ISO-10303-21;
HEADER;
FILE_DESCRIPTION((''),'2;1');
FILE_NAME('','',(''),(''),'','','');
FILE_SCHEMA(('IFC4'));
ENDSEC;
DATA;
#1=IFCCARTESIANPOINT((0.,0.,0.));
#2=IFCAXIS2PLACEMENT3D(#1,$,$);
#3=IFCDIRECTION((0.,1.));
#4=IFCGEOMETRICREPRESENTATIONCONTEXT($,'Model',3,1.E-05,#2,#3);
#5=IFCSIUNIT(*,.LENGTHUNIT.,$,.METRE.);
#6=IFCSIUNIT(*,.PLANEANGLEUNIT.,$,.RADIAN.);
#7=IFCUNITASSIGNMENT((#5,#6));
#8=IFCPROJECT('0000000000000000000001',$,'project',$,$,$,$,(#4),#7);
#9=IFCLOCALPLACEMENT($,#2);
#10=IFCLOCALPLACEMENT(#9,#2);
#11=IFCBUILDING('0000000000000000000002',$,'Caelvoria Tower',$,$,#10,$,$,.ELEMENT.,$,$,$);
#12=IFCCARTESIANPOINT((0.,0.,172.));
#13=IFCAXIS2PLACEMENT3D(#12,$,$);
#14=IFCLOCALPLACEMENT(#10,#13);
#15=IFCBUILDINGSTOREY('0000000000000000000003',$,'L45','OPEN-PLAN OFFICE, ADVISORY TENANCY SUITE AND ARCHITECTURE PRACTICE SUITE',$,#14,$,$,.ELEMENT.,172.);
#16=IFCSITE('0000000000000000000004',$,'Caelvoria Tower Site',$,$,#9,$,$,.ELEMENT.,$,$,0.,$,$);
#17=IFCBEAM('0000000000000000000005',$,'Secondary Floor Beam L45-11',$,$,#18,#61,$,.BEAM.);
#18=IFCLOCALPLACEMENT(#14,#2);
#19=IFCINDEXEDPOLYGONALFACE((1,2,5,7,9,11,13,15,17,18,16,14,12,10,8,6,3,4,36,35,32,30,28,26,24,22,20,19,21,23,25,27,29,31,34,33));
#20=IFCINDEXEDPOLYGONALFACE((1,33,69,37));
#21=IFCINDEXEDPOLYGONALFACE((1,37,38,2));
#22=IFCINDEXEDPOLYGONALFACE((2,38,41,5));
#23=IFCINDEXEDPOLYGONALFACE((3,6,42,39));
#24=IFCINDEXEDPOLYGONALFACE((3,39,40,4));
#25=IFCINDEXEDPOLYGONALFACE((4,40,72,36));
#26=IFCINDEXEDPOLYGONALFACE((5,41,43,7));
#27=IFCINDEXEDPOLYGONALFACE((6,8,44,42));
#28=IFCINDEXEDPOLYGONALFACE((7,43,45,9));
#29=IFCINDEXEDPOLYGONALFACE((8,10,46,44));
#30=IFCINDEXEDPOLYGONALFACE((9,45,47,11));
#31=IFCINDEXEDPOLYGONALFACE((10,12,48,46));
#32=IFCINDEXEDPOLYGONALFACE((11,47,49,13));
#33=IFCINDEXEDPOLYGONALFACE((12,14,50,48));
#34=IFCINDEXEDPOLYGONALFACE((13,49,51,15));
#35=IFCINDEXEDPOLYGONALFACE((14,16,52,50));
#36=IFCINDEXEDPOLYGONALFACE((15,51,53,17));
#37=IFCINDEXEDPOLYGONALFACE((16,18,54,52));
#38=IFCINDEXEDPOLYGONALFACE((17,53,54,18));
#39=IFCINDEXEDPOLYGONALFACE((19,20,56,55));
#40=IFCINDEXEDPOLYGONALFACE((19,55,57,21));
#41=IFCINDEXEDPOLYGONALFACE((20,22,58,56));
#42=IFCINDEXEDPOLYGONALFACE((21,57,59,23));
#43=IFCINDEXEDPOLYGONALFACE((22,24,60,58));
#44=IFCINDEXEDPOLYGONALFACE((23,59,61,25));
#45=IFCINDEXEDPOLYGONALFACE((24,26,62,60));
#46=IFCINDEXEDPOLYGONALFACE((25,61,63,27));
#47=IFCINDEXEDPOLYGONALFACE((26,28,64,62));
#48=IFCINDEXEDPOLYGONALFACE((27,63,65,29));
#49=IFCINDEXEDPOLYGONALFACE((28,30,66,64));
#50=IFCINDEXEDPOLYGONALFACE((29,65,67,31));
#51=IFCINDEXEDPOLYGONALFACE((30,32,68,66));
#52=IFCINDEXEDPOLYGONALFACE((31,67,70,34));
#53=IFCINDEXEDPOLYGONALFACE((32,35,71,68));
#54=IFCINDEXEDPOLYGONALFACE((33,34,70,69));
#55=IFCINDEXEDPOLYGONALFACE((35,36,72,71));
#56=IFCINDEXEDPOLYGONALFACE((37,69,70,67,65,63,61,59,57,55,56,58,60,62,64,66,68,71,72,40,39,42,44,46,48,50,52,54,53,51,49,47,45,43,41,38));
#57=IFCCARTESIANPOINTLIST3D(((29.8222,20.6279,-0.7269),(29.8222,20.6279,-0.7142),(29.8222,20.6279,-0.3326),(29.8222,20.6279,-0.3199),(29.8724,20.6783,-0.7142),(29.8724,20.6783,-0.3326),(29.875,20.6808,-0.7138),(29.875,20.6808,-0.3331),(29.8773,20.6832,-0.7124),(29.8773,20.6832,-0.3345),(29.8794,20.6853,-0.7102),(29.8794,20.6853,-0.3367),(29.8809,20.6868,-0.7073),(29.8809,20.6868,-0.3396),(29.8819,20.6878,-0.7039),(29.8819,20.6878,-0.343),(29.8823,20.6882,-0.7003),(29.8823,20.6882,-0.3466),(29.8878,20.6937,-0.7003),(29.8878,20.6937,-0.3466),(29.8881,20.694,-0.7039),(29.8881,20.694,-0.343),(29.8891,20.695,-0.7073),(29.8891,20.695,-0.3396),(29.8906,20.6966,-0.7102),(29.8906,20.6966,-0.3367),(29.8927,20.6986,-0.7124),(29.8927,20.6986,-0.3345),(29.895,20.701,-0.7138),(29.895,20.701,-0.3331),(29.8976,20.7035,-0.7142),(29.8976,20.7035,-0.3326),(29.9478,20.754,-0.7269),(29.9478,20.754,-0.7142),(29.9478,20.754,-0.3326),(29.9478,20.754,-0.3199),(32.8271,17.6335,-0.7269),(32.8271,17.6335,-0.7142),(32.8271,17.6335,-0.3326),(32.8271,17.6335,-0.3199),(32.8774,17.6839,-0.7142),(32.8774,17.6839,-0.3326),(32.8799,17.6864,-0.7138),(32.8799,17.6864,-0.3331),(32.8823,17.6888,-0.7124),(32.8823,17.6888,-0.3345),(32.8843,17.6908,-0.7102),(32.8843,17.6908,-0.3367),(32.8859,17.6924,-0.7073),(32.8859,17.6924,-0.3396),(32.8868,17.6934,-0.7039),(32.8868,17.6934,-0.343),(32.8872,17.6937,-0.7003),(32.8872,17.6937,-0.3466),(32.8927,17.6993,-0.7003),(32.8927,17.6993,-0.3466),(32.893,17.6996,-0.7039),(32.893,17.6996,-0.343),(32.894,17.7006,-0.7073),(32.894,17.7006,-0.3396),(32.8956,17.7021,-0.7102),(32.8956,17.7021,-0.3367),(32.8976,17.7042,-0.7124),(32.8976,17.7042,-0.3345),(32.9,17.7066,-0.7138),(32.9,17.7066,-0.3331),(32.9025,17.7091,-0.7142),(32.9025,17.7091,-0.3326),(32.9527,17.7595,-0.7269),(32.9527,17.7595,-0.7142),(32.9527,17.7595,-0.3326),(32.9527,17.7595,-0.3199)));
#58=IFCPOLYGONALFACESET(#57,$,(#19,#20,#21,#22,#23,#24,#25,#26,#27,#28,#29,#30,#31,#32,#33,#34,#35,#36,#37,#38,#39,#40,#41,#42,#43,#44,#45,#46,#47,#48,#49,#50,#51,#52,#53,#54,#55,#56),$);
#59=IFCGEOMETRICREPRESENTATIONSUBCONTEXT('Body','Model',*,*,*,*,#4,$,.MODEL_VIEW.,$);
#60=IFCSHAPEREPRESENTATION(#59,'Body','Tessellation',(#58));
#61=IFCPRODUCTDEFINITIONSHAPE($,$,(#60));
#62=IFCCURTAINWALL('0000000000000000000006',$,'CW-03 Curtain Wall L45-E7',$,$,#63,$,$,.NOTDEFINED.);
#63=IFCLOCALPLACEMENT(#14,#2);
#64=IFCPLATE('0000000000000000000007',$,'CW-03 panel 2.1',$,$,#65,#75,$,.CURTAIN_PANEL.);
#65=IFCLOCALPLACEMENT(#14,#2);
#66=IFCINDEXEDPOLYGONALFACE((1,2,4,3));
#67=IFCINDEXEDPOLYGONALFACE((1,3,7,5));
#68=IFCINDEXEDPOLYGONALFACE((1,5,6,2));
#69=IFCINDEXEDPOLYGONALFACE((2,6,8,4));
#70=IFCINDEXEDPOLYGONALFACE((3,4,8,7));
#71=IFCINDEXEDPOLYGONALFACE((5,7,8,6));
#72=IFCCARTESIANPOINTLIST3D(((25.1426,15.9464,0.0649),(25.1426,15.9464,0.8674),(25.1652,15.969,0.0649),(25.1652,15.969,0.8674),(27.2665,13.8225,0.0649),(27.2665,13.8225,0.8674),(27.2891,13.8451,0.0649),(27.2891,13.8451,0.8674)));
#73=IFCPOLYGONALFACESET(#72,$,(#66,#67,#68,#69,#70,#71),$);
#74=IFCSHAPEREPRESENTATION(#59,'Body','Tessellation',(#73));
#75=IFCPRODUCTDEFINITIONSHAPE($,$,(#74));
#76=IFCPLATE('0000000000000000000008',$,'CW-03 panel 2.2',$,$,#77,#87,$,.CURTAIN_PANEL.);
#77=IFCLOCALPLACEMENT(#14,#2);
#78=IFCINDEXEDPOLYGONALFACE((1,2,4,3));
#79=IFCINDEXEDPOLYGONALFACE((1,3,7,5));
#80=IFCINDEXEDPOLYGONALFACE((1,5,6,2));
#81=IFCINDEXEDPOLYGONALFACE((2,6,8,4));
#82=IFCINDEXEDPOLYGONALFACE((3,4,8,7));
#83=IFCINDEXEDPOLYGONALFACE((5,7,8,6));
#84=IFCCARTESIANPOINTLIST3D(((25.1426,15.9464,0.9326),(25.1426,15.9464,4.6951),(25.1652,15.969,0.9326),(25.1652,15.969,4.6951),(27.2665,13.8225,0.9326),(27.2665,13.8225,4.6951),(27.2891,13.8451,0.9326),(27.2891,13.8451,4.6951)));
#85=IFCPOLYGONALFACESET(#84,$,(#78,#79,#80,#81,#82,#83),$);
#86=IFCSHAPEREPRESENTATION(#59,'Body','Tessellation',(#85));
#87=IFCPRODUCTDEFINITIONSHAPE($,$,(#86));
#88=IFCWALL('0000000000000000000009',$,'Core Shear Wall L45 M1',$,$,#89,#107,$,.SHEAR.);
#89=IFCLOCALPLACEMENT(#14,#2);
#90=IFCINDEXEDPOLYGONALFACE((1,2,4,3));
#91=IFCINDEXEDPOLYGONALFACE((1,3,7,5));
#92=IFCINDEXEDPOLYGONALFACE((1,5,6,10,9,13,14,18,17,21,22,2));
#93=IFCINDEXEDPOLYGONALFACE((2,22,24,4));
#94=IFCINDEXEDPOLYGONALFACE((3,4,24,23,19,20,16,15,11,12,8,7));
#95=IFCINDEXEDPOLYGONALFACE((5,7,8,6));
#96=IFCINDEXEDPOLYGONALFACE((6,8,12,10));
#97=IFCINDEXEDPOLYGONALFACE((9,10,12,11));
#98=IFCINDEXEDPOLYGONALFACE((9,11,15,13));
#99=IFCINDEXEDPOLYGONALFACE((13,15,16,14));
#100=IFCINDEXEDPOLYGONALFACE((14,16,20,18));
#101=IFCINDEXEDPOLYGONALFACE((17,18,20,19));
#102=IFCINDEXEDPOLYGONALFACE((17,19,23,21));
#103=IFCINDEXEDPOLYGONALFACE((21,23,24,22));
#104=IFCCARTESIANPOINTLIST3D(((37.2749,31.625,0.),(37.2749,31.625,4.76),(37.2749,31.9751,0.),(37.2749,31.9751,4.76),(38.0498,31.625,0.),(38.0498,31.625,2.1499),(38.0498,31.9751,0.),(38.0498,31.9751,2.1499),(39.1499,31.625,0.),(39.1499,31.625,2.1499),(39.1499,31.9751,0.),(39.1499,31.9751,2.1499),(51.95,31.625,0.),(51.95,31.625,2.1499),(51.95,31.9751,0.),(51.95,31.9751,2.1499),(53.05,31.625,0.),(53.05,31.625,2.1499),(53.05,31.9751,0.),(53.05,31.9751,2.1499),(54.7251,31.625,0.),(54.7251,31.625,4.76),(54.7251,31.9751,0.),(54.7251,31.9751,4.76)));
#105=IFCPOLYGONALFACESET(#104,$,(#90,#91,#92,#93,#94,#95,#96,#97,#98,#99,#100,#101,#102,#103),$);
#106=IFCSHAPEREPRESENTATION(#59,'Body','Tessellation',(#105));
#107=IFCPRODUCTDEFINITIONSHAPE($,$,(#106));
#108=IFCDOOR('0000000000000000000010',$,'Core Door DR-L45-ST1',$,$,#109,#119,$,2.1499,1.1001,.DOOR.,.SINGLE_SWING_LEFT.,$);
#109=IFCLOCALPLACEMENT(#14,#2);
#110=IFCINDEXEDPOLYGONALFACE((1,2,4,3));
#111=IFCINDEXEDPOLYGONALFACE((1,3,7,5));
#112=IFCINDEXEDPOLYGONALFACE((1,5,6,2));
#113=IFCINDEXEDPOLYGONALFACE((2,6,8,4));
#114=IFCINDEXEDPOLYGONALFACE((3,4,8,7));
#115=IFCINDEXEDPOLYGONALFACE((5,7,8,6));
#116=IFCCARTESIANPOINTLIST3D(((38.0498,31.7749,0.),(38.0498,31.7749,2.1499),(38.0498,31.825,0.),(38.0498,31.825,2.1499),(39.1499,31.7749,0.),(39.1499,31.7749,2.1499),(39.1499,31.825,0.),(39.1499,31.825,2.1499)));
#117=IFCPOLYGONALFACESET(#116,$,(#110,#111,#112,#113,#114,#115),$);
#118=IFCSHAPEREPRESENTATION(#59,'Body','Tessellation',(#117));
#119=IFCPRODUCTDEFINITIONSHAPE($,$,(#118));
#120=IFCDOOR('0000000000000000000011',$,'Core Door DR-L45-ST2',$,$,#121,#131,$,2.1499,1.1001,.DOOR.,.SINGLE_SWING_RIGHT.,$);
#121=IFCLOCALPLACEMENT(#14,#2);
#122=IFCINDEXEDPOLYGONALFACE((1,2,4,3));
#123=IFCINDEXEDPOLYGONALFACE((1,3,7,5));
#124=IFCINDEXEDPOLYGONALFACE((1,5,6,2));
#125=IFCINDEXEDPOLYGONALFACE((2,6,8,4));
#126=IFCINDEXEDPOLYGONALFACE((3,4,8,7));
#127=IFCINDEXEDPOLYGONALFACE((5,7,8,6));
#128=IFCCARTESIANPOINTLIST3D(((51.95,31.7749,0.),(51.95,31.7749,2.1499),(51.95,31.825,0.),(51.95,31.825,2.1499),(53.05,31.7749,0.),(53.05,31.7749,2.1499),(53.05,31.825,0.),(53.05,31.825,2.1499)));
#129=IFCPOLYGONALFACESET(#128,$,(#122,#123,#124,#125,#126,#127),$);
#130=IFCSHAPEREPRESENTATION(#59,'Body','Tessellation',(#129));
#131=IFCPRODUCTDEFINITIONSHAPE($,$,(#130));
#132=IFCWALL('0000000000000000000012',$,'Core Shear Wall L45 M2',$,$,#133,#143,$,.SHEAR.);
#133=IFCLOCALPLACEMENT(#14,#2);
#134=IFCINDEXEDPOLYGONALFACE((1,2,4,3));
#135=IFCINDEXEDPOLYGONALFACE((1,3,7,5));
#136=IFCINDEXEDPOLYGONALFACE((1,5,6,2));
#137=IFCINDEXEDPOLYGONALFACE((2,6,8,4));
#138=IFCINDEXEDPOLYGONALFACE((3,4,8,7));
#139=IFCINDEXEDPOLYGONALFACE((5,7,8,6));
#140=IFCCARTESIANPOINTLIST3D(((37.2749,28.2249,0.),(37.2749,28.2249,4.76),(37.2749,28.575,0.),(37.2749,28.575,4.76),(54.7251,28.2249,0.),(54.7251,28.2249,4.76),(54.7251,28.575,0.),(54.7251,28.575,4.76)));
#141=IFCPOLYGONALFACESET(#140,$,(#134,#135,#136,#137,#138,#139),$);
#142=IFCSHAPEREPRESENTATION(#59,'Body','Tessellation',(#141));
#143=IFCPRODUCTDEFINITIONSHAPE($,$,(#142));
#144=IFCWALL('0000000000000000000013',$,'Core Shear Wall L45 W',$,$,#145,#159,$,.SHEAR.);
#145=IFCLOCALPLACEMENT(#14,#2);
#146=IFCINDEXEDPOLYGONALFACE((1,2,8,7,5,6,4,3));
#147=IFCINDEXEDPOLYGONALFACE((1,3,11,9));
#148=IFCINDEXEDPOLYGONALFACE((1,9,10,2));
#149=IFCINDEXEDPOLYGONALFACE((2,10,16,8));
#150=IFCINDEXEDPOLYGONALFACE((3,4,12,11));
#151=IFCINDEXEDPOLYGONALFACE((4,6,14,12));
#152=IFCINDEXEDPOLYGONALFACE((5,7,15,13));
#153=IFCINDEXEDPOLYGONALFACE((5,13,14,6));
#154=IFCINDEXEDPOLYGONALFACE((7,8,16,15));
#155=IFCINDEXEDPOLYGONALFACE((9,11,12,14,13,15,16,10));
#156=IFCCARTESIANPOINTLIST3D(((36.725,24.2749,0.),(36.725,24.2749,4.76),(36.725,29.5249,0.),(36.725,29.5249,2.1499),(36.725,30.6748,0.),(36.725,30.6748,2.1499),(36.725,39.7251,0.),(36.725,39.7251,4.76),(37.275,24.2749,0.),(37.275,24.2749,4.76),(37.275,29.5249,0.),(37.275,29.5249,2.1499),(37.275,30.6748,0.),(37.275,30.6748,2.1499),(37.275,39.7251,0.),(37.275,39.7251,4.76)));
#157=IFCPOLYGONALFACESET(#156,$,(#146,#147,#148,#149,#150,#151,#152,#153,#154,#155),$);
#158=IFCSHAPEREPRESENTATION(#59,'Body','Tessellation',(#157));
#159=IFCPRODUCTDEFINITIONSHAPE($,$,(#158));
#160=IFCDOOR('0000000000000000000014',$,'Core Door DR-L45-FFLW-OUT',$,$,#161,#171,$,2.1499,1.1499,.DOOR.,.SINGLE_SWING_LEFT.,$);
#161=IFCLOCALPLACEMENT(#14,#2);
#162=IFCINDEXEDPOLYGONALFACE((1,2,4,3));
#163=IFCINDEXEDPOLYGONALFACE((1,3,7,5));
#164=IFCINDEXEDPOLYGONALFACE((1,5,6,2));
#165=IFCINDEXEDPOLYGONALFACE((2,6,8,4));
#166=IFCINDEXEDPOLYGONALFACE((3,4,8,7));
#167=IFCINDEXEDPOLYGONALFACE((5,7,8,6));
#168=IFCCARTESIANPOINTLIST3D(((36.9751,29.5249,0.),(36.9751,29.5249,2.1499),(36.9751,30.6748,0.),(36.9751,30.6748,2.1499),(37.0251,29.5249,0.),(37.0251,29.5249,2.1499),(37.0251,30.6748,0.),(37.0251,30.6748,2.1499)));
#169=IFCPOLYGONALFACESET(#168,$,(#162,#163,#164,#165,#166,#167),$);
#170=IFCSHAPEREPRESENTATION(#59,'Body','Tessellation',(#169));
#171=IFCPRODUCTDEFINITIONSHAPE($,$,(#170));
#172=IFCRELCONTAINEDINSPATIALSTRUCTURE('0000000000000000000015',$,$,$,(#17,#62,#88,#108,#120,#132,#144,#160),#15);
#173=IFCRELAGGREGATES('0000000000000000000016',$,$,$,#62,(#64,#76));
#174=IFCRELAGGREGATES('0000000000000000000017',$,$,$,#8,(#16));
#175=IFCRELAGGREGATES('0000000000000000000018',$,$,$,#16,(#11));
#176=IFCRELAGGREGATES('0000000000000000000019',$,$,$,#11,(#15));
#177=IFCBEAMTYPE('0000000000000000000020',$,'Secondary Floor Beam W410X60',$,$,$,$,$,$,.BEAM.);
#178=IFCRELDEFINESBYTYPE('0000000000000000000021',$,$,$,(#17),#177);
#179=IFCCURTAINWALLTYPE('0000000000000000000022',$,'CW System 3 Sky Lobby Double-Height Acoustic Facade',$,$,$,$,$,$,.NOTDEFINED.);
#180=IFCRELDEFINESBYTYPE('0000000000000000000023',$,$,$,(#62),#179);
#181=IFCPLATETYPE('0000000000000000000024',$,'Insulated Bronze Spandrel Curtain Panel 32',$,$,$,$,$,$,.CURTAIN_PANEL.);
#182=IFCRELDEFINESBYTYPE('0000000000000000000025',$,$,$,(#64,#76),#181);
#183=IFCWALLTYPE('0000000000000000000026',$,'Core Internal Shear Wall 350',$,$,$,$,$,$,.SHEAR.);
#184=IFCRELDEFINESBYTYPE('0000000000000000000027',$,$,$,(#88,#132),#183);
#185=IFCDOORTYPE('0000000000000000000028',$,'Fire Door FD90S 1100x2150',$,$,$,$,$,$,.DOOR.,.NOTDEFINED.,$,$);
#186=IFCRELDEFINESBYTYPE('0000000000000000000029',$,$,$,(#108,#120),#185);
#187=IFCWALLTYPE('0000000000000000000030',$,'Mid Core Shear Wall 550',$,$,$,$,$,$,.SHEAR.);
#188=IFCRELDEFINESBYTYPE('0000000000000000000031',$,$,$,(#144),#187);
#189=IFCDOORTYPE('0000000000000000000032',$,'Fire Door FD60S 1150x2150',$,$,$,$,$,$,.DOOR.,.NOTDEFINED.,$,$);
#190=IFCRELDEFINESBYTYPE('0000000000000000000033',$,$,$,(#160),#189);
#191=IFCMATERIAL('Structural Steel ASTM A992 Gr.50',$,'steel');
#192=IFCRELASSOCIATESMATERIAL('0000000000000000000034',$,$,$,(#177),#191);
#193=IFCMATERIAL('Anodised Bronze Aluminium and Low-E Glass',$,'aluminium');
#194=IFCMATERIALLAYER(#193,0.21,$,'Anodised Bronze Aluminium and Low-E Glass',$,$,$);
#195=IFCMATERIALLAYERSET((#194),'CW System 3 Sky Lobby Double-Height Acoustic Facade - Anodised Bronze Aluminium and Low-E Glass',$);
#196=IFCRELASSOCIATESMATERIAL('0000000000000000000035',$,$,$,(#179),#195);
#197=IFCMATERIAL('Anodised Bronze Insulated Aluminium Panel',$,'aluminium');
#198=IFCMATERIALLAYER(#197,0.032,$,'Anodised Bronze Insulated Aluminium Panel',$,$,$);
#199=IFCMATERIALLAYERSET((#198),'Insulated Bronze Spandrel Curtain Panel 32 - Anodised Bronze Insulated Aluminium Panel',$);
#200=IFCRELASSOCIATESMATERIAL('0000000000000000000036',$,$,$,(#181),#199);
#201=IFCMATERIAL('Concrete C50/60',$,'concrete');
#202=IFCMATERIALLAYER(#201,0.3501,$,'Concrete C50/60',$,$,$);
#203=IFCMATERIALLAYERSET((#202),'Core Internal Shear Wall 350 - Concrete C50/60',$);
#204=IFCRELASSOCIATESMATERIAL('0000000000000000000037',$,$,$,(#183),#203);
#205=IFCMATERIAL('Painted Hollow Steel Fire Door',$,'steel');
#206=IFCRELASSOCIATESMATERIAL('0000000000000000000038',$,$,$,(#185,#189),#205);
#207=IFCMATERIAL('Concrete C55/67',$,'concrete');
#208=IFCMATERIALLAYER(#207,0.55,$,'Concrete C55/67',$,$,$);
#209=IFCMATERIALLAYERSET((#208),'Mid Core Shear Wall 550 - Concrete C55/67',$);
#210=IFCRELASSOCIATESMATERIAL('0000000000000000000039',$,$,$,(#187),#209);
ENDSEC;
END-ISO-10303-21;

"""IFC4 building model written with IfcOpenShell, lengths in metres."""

from ifc_helpers import new_model, si_unit, direction, frame, frame_2d, origin, origin_2d, place, context, subcontext, project, spatial, rectangle, i_section, extrude, material, layer, layer_set, material_profile, profile_set, type_object, element, fill, aggregate, save


model = new_model("IFC4")

# Units and contexts
model_context = context("Model", 3, precision=1e-05, world=origin(), true_north=direction((0.0, 1.0)))
body_context = subcontext(model_context, "Body", "Model", "MODEL_VIEW")
ifc_project = project(units=[si_unit("LENGTHUNIT", "METRE"), si_unit("PLANEANGLEUNIT", "RADIAN")], contexts=[model_context])

# Site, building, storey
site_placement = place(None, origin())
site = spatial("IfcSite", under=ifc_project, at=site_placement, Name="Caelvoria Tower Site", CompositionType="ELEMENT", RefElevation=0.0)
building_placement = place(site_placement, origin())
building = spatial("IfcBuilding", under=site, at=building_placement, Name="Caelvoria Tower", CompositionType="ELEMENT")
storey_placement = place(building_placement, frame((0.0, 0.0, 172.0)))
storey = spatial("IfcBuildingStorey", under=building, at=storey_placement, Name="L45", Description="OPEN-PLAN OFFICE, ADVISORY TENANCY SUITE AND ARCHITECTURE PRACTICE SUITE", CompositionType="ELEMENT", Elevation=172.0)

# Beam
ifc_material_1 = material(Name="Structural Steel ASTM A992 Gr.50", Category="steel")
ifc_material_profile_1 = material_profile(ifc_material_1, i_section(OverallWidth=0.178, OverallDepth=0.407, WebThickness=0.0078, FlangeThickness=0.0127, FilletRadius=0.0139, at=origin_2d()), Name="Structural Steel ASTM A992 Gr.50")
ifc_profile_set_1 = profile_set([ifc_material_profile_1], Name="W410X60 - Structural Steel ASTM A992 Gr.50")
beam_type_1 = type_object("IfcBeamType", Name="Secondary Floor Beam W410X60", PredefinedType="BEAM", material=ifc_profile_set_1)
beam_1_placement = place(storey_placement, frame((29.885, 20.6909, -0.5234), z_axis=(0.708343, -0.705868, 0.0), x_axis=(0.705868, 0.708343, 0.0)))
element("IfcBeam", 1, at=beam_1_placement, inside=storey, type_object=beam_type_1, Name="Secondary Floor Beam L45-11", PredefinedType="BEAM", context=body_context, shape_type="SweptSolid", body=[
    extrude(i_section(OverallWidth=0.178, OverallDepth=0.407, WebThickness=0.0078, FlangeThickness=0.0127, FilletRadius=0.0139, at=origin_2d()), origin(), (0.0, 0.0, 1.0), 4.2422),
])

# Curtain wall, plates
ifc_material_2 = material(Name="Anodised Bronze Aluminium and Low-E Glass", Category="aluminium")
ifc_layer_1 = layer(ifc_material_2, 0.21, Name="Anodised Bronze Aluminium and Low-E Glass")
ifc_layer_set_1 = layer_set([ifc_layer_1], Name="CW System 3 Sky Lobby Double-Height Acoustic Facade - Anodised Bronze Aluminium and Low-E Glass")
curtain_wall_type = type_object("IfcCurtainWallType", Name="CW System 3 Sky Lobby Double-Height Acoustic Facade", PredefinedType="NOTDEFINED", material=ifc_layer_set_1)
curtain_wall_placement = place(storey_placement, origin())
curtain_wall = element("IfcCurtainWall", 2, at=curtain_wall_placement, inside=storey, type_object=curtain_wall_type, Name="CW-03 Curtain Wall L45-E7", PredefinedType="NOTDEFINED")
ifc_material_3 = material(Name="Anodised Bronze Insulated Aluminium Panel", Category="aluminium")
ifc_layer_2 = layer(ifc_material_3, 0.032, Name="Anodised Bronze Insulated Aluminium Panel")
ifc_layer_set_2 = layer_set([ifc_layer_2], Name="Insulated Bronze Spandrel Curtain Panel 32 - Anodised Bronze Insulated Aluminium Panel")
plate_type = type_object("IfcPlateType", Name="Insulated Bronze Spandrel Curtain Panel 32", PredefinedType="CURTAIN_PANEL", material=ifc_layer_set_2)
plate_1_placement = place(storey_placement, frame((26.2158, 14.8958, 0.0649), z_axis=(0.0, 0.0, 1.0), x_axis=(0.707107, -0.707107, 0.0)))
plate_1 = element("IfcPlate", 3, at=plate_1_placement, type_object=plate_type, Name="CW-03 panel 2.1", PredefinedType="CURTAIN_PANEL", context=body_context, shape_type="SweptSolid", body=[
    extrude(rectangle(XDim=3.0037, YDim=0.032, at=origin_2d()), origin(), (0.0, 0.0, 1.0), 0.8025),
])
plate_2_placement = place(storey_placement, frame((26.2158, 14.8958, 0.9326), z_axis=(0.0, 0.0, 1.0), x_axis=(0.707107, -0.707107, 0.0)))
plate_2 = element("IfcPlate", 4, at=plate_2_placement, type_object=plate_type, Name="CW-03 panel 2.2", PredefinedType="CURTAIN_PANEL", context=body_context, shape_type="SweptSolid", body=[
    extrude(rectangle(XDim=3.0037, YDim=0.032, at=origin_2d()), origin(), (0.0, 0.0, 1.0), 3.7625),
])
aggregate(curtain_wall, [plate_1, plate_2])

# Wall, openings, doors
ifc_material_4 = material(Name="Concrete C50/60", Category="concrete")
ifc_layer_3 = layer(ifc_material_4, 0.3501, Name="Concrete C50/60")
ifc_layer_set_3 = layer_set([ifc_layer_3], Name="Core Internal Shear Wall 350 - Concrete C50/60")
wall_type_1 = type_object("IfcWallType", Name="Core Internal Shear Wall 350", PredefinedType="SHEAR", material=ifc_layer_set_3)
wall_1_placement = place(storey_placement, frame((37.2749, 31.8, 0.0), z_axis=(0.0, 0.0, 1.0), x_axis=(1.0, 0.0, 0.0)))
wall_1 = element("IfcWall", 5, at=wall_1_placement, inside=storey, type_object=wall_type_1, Name="Core Shear Wall L45 M1", PredefinedType="SHEAR", context=body_context, shape_type="SweptSolid", body=[
    extrude(rectangle(XDim=17.4502, YDim=0.3501, at=frame_2d((8.7251, 0.0))), origin(), (0.0, 0.0, 1.0), 4.76),
])
opening_1_placement = place(wall_1_placement, frame((0.7749, 0.0, 0.0)))
opening_1 = element("IfcOpeningElement", 6, at=opening_1_placement, cuts=wall_1, PredefinedType="OPENING", context=body_context, shape_type="SweptSolid", body=[
    extrude(rectangle(XDim=1.1001, YDim=2.1499, at=frame_2d((0.55, 1.075))), frame((0.0, 0.1851, 0.0), z_axis=(0.0, -1.0, 0.0), x_axis=(1.0, 0.0, 0.0)), (0.0, 0.0, 1.0), 0.3701),
])
opening_2_placement = place(wall_1_placement, frame((14.675, 0.0, 0.0)))
opening_2 = element("IfcOpeningElement", 7, at=opening_2_placement, cuts=wall_1, PredefinedType="OPENING", context=body_context, shape_type="SweptSolid", body=[
    extrude(rectangle(XDim=1.1001, YDim=2.1499, at=frame_2d((0.55, 1.075))), frame((0.0, 0.1851, 0.0), z_axis=(0.0, -1.0, 0.0), x_axis=(1.0, 0.0, 0.0)), (0.0, 0.0, 1.0), 0.3701),
])
ifc_material_5 = material(Name="Painted Hollow Steel Fire Door", Category="steel")
door_type_1 = type_object("IfcDoorType", Name="Fire Door FD90S 1100x2150", OperationType="NOTDEFINED", PredefinedType="DOOR", material=ifc_material_5)
door_1_placement = place(opening_1_placement, origin())
door_1 = element("IfcDoor", 8, at=door_1_placement, inside=storey, type_object=door_type_1, Name="Core Door DR-L45-ST1", OperationType="SINGLE_SWING_LEFT", OverallHeight=2.1499, OverallWidth=1.1001, PredefinedType="DOOR", context=body_context, shape_type="SweptSolid", body=[
    extrude(rectangle(XDim=1.1001, YDim=2.1499, at=frame_2d((0.55, 1.075))), frame((0.0, 0.0249, 0.0), z_axis=(0.0, -1.0, 0.0), x_axis=(1.0, 0.0, 0.0)), (0.0, 0.0, 1.0), 0.05),
])
fill(opening_1, door_1)
door_2_placement = place(opening_2_placement, origin())
door_2 = element("IfcDoor", 9, at=door_2_placement, inside=storey, type_object=door_type_1, Name="Core Door DR-L45-ST2", OperationType="SINGLE_SWING_RIGHT", OverallHeight=2.1499, OverallWidth=1.1001, PredefinedType="DOOR", context=body_context, shape_type="SweptSolid", body=[
    extrude(rectangle(XDim=1.1001, YDim=2.1499, at=frame_2d((0.55, 1.075))), frame((0.0, 0.0249, 0.0), z_axis=(0.0, -1.0, 0.0), x_axis=(1.0, 0.0, 0.0)), (0.0, 0.0, 1.0), 0.05),
])
fill(opening_2, door_2)

# Wall
wall_2_placement = place(storey_placement, frame((37.2749, 28.3999, 0.0), z_axis=(0.0, 0.0, 1.0), x_axis=(1.0, 0.0, 0.0)))
element("IfcWall", 10, at=wall_2_placement, inside=storey, type_object=wall_type_1, Name="Core Shear Wall L45 M2", PredefinedType="SHEAR", context=body_context, shape_type="SweptSolid", body=[
    extrude(rectangle(XDim=17.4502, YDim=0.3501, at=frame_2d((8.7251, 0.0))), origin(), (0.0, 0.0, 1.0), 4.76),
])

# Shared definitions
ifc_material_6 = material(Name="Concrete C55/67", Category="concrete")
ifc_layer_4 = layer(ifc_material_6, 0.55, Name="Concrete C55/67")
ifc_layer_set_4 = layer_set([ifc_layer_4], Name="Mid Core Shear Wall 550 - Concrete C55/67")
wall_type_2 = type_object("IfcWallType", Name="Mid Core Shear Wall 550", PredefinedType="SHEAR", material=ifc_layer_set_4)

# Wall, opening, door
wall_3_placement = place(storey_placement, frame((37.0, 24.2749, 0.0), z_axis=(0.0, 0.0, 1.0), x_axis=(0.0, 1.0, 0.0)))
wall_3 = element("IfcWall", 11, at=wall_3_placement, inside=storey, type_object=wall_type_2, Name="Core Shear Wall L45 W", PredefinedType="SHEAR", context=body_context, shape_type="SweptSolid", body=[
    extrude(rectangle(XDim=15.4502, YDim=0.55, at=frame_2d((7.7251, 0.0))), origin(), (0.0, 0.0, 1.0), 4.76),
])
opening_3_placement = place(wall_3_placement, frame((5.25, 0.0, 0.0)))
opening_3 = element("IfcOpeningElement", 12, at=opening_3_placement, cuts=wall_3, PredefinedType="OPENING", context=body_context, shape_type="SweptSolid", body=[
    extrude(rectangle(XDim=1.1499, YDim=2.1499, at=frame_2d((0.575, 1.075))), frame((0.0, 0.2849, 0.0), z_axis=(0.0, -1.0, 0.0), x_axis=(1.0, 0.0, 0.0)), (0.0, 0.0, 1.0), 0.5701),
])
door_type_2 = type_object("IfcDoorType", Name="Fire Door FD60S 1150x2150", OperationType="NOTDEFINED", PredefinedType="DOOR", material=ifc_material_5)
door_3_placement = place(opening_3_placement, origin())
door_3 = element("IfcDoor", 13, at=door_3_placement, inside=storey, type_object=door_type_2, Name="Core Door DR-L45-FFLW-OUT", OperationType="SINGLE_SWING_LEFT", OverallHeight=2.1499, OverallWidth=1.1499, PredefinedType="DOOR", context=body_context, shape_type="SweptSolid", body=[
    extrude(rectangle(XDim=1.1499, YDim=2.1499, at=frame_2d((0.575, 1.075))), frame((0.0, 0.0249, 0.0), z_axis=(0.0, -1.0, 0.0), x_axis=(1.0, 0.0, 0.0)), (0.0, 0.0, 1.0), 0.05),
])
fill(opening_3, door_3)

save(model, "model.ifc")
